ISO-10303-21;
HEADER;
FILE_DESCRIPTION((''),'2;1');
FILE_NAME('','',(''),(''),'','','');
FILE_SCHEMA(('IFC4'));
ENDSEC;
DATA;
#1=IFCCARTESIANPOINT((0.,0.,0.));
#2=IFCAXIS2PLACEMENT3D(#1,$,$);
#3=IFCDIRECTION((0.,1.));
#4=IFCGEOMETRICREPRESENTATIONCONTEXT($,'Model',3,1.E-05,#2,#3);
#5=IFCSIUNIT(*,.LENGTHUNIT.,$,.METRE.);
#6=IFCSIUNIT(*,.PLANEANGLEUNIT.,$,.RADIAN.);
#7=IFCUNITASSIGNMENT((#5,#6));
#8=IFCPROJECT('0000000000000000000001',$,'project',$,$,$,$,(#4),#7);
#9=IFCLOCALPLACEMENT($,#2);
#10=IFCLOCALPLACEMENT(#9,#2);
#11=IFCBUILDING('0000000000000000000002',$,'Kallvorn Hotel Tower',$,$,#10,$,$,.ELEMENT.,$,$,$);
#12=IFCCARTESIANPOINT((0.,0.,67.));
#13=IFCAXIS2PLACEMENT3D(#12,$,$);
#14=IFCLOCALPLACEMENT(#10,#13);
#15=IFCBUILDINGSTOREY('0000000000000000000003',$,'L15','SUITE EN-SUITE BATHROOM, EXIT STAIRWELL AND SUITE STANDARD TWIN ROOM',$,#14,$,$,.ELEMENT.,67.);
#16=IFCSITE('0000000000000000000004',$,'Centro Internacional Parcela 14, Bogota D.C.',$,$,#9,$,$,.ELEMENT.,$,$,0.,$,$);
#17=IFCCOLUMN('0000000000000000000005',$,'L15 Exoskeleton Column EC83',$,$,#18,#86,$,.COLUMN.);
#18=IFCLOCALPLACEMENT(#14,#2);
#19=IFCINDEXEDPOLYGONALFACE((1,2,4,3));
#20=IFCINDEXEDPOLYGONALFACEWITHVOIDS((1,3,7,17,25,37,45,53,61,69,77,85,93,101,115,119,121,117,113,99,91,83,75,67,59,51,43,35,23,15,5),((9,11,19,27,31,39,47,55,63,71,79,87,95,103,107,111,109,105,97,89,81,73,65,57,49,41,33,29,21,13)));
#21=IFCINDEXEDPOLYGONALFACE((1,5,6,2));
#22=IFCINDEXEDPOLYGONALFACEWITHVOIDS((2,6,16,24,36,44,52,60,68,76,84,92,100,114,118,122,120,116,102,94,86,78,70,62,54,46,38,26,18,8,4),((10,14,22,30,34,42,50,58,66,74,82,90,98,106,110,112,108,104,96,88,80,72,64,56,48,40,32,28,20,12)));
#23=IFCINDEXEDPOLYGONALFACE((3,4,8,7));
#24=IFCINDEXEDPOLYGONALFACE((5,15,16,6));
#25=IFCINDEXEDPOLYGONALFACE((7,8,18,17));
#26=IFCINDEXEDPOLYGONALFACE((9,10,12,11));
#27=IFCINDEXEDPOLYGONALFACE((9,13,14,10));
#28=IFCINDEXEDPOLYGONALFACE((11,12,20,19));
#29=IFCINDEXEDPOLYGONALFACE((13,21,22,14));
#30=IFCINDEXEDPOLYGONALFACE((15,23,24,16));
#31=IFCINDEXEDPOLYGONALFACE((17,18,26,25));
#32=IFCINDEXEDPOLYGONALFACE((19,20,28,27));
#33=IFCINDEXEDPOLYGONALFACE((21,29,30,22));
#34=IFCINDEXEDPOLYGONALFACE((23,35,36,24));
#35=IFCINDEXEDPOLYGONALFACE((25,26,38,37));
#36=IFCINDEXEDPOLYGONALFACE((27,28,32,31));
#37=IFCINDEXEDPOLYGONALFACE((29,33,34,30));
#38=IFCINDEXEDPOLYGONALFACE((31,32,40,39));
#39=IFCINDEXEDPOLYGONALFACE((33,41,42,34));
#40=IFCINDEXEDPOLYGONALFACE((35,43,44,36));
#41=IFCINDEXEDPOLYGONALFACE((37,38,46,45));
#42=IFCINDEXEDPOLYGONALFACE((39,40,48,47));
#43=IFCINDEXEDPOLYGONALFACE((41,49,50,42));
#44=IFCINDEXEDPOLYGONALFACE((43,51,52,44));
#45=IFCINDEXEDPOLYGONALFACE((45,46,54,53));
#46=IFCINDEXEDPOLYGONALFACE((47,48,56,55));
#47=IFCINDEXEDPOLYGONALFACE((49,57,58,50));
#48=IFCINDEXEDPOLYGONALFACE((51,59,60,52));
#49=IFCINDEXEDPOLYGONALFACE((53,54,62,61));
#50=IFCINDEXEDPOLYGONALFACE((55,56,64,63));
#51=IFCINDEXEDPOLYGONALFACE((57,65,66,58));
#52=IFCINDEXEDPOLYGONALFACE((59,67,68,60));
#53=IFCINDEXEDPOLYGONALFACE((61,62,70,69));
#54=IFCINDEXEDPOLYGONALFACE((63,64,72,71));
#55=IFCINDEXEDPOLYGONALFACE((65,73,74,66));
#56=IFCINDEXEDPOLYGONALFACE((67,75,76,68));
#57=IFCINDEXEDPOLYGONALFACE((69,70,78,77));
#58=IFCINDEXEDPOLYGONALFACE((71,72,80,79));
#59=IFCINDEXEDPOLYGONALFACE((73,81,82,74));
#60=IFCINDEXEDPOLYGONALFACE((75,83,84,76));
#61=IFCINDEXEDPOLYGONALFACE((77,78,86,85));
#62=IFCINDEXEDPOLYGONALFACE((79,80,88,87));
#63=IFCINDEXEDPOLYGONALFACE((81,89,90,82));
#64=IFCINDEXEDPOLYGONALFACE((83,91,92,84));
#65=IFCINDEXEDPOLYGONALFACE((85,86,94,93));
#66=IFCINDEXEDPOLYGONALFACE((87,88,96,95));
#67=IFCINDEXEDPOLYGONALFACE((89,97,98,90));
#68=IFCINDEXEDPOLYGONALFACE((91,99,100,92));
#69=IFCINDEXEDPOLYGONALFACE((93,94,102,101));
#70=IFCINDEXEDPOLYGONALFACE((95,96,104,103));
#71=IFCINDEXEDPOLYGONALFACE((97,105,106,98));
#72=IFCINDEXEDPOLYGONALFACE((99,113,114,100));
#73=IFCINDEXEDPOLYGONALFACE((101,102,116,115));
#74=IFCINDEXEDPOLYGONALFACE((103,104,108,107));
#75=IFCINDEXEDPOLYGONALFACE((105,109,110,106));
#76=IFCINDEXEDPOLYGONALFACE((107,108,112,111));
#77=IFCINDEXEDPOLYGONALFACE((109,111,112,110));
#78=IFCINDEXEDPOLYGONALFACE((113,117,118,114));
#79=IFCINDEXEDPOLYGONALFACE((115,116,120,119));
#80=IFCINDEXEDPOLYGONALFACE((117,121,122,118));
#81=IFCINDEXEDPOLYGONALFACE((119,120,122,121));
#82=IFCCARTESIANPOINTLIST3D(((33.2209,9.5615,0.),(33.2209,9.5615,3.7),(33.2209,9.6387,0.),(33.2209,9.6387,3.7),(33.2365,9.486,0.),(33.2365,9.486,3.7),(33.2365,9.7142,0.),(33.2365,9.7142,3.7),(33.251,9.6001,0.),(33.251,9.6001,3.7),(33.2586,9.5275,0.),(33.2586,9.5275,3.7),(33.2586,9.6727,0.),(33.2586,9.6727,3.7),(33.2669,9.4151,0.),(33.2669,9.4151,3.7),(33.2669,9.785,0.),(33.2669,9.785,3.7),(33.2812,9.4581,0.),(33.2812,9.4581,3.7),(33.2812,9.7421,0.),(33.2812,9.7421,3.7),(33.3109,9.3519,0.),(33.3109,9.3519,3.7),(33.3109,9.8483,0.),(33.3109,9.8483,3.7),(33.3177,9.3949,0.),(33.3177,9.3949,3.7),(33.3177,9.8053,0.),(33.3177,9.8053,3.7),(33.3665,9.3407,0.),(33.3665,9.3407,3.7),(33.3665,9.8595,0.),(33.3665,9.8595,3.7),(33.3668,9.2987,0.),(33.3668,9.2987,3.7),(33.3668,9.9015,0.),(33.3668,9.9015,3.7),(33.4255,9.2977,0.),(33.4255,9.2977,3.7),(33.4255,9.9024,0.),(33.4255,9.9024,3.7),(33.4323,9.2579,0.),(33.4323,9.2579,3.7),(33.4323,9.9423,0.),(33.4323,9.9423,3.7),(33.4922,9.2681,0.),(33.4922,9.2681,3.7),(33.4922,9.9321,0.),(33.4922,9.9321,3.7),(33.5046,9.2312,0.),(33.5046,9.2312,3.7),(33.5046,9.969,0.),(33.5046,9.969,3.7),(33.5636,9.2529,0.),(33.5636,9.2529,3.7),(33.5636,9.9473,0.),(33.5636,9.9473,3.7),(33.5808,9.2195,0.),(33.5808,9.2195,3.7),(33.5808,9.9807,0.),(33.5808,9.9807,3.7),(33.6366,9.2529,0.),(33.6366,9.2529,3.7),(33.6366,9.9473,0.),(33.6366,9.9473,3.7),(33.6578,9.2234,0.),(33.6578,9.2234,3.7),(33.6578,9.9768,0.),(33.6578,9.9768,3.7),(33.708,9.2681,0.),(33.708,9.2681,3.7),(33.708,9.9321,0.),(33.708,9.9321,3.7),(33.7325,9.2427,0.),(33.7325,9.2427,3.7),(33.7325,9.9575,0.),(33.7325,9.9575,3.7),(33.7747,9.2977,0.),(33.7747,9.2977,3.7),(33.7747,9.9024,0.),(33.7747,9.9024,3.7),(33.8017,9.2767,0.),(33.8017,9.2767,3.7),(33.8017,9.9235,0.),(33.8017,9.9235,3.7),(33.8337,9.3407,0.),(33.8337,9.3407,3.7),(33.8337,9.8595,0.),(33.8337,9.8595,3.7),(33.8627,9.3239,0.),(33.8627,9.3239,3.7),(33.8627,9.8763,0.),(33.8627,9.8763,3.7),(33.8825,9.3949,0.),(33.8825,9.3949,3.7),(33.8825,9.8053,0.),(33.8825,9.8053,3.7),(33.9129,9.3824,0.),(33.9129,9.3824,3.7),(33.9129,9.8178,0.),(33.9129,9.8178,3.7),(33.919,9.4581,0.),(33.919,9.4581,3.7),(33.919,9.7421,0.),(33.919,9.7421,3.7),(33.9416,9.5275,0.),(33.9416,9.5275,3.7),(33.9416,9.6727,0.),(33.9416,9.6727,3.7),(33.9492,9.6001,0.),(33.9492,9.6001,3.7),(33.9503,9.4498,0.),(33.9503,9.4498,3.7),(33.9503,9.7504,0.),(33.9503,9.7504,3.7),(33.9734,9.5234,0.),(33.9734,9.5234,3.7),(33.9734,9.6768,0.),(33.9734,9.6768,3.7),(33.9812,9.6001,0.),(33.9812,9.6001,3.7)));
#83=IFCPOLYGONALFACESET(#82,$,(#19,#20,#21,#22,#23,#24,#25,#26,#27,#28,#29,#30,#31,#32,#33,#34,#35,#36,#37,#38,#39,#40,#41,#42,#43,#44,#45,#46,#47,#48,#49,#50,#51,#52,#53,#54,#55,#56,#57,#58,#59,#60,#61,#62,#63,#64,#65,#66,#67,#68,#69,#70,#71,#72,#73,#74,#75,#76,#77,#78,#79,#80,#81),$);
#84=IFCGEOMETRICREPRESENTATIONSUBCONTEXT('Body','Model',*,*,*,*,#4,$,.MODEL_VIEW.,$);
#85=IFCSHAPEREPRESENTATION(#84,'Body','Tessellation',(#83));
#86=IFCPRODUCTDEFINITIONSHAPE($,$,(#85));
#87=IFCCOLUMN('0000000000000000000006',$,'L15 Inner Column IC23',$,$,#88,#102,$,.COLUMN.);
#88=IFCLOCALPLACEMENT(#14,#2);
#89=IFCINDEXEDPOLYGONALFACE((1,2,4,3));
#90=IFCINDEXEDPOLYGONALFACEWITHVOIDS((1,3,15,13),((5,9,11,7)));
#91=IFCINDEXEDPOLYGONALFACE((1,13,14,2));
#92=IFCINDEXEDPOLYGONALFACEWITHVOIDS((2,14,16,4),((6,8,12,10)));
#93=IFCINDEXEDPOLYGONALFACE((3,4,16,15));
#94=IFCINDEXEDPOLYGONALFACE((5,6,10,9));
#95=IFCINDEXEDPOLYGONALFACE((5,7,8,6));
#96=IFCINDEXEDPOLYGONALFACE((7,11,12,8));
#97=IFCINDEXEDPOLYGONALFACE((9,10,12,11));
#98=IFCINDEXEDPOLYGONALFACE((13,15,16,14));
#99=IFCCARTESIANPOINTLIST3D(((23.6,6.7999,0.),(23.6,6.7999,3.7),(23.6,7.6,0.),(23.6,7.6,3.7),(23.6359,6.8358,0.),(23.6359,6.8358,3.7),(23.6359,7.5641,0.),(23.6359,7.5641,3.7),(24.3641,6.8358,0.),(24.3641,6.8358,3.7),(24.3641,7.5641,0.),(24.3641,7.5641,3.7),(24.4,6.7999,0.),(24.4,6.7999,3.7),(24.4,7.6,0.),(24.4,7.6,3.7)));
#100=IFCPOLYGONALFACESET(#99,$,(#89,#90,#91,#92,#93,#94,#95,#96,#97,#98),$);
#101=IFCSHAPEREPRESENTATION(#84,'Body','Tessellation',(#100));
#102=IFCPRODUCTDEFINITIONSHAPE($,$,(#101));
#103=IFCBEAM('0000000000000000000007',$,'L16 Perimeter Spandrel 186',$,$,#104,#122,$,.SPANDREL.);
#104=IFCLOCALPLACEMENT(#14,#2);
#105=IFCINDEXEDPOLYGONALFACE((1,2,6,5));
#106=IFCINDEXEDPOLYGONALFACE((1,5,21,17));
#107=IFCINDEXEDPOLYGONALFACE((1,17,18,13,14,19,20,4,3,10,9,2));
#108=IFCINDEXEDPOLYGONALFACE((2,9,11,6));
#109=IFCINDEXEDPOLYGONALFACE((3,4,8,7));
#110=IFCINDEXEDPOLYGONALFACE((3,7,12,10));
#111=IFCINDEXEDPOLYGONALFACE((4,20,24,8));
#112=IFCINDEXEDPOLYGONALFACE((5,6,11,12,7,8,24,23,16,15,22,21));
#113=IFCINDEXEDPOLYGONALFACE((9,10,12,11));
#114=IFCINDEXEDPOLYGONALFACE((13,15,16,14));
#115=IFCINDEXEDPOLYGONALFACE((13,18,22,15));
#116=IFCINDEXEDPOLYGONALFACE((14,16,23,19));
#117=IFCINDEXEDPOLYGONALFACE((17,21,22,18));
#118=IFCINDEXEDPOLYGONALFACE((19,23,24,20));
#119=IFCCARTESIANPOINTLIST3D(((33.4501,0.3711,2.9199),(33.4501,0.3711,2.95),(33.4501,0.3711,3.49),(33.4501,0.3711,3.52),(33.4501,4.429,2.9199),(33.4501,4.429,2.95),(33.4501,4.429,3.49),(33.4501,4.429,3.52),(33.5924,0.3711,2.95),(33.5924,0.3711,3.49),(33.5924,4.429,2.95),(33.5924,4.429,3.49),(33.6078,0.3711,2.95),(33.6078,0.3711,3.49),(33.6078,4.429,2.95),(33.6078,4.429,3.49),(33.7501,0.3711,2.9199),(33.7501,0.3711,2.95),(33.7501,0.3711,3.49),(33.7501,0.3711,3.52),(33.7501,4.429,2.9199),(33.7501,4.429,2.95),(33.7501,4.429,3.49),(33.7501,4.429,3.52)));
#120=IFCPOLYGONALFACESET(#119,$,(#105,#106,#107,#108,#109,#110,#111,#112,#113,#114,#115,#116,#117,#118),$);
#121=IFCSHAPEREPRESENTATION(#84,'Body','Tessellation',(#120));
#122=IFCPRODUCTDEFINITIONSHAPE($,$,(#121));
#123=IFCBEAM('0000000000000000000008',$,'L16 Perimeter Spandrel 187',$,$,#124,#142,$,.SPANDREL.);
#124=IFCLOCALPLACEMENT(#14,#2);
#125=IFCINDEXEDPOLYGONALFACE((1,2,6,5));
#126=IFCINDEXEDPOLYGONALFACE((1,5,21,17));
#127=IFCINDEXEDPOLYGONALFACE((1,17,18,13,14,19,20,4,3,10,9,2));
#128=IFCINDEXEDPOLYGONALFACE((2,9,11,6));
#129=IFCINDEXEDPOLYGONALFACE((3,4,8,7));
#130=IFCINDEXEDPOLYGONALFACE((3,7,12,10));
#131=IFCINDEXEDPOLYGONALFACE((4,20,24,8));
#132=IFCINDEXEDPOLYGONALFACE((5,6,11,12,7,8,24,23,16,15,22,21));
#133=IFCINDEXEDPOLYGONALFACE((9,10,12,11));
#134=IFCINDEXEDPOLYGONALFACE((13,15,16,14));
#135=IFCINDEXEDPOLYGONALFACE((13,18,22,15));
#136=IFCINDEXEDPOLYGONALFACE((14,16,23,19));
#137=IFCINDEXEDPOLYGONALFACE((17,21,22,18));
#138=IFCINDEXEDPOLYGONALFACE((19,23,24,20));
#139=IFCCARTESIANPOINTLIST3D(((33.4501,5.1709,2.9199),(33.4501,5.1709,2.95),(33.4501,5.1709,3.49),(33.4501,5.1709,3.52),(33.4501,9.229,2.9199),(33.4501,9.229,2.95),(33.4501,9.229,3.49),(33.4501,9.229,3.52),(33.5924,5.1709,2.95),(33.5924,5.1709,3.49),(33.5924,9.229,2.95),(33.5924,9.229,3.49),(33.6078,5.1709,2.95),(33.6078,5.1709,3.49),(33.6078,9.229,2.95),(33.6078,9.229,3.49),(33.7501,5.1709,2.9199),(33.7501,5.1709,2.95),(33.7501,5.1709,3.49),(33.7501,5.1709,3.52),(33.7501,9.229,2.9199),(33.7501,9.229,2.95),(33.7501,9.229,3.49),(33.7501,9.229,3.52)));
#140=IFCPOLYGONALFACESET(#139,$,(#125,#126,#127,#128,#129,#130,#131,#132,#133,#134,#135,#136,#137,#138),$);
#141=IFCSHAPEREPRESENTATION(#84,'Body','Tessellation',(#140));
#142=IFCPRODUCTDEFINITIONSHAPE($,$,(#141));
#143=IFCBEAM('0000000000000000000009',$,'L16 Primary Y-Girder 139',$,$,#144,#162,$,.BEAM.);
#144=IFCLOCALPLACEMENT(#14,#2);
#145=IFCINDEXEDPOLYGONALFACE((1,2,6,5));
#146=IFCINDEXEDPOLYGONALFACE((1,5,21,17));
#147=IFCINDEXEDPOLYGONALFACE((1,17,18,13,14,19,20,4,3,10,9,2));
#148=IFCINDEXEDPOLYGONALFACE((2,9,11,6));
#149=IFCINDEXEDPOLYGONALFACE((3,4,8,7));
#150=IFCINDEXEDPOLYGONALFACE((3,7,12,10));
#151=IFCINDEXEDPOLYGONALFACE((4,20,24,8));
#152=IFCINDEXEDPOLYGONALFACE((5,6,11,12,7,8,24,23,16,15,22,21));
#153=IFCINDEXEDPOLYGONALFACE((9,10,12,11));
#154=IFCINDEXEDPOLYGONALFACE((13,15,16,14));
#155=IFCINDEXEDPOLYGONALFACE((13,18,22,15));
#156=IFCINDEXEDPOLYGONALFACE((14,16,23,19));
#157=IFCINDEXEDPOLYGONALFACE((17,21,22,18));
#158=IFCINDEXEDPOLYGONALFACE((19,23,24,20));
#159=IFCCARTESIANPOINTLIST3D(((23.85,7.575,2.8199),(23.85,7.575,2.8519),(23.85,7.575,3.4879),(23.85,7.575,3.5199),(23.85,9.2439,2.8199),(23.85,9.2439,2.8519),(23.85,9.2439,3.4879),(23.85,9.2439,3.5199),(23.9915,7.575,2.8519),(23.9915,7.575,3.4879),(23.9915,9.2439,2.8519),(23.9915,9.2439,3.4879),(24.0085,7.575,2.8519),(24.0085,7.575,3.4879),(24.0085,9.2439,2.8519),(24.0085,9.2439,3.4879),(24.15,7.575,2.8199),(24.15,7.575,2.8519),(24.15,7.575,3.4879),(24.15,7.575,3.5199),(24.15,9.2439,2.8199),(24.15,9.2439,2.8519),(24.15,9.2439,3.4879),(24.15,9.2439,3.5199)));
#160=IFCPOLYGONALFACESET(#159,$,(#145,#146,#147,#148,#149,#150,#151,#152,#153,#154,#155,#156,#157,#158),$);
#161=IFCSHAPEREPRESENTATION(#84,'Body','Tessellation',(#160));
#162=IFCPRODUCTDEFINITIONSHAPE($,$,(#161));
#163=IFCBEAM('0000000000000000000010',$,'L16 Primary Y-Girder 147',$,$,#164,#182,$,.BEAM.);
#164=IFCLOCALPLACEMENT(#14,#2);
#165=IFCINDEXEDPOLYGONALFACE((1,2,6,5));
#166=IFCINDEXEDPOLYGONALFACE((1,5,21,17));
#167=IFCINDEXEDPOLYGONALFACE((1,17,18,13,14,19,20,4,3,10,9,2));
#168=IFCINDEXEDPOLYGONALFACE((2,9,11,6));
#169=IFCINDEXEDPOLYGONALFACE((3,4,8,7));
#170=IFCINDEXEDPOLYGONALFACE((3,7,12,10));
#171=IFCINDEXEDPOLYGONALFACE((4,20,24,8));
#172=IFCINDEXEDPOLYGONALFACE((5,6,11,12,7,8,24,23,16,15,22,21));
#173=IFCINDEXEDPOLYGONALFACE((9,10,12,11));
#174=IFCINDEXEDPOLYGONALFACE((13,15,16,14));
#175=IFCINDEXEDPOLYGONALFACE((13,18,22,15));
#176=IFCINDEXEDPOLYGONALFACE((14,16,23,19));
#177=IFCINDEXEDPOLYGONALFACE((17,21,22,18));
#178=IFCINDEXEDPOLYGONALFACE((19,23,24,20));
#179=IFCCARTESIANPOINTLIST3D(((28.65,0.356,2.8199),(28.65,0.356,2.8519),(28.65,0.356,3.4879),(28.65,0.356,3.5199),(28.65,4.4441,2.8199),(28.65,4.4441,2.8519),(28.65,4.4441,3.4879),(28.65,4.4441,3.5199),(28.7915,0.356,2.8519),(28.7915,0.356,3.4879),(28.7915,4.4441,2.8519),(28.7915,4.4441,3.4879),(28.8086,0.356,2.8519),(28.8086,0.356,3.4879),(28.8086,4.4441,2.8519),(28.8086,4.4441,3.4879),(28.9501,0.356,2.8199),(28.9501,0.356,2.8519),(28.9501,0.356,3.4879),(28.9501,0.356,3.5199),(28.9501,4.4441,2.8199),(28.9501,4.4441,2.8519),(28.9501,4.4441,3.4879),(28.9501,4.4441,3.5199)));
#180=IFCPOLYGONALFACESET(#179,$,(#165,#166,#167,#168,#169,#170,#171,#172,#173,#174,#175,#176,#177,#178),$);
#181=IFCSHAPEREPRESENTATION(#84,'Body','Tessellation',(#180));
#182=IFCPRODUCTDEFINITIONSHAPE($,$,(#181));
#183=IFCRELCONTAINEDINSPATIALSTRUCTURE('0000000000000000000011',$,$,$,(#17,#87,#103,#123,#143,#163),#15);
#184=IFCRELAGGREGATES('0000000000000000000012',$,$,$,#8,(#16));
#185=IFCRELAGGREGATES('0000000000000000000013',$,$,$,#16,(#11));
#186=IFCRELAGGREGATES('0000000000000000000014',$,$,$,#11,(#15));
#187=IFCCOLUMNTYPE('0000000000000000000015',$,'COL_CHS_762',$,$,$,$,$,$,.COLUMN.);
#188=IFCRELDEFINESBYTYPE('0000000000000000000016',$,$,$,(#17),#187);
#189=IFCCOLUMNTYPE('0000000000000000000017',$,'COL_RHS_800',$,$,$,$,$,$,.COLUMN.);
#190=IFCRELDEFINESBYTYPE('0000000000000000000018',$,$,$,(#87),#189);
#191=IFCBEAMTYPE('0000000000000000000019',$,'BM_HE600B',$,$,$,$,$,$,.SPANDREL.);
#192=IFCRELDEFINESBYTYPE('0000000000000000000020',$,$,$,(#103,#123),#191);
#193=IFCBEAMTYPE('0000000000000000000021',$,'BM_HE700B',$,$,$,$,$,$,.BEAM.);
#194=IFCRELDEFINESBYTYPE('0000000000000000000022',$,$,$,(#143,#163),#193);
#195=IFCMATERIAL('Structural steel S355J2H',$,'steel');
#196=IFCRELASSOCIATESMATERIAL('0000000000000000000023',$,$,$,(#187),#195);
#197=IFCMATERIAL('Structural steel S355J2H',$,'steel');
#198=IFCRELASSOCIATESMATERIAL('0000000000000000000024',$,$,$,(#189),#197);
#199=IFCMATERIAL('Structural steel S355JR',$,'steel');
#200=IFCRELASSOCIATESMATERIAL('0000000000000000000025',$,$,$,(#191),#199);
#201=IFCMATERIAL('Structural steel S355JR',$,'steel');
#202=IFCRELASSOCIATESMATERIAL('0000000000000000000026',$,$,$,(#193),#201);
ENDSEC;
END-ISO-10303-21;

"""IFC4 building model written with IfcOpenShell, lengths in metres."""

from ifc_helpers import new_model, si_unit, direction, frame, origin, origin_2d, place, context, subcontext, project, spatial, hollow_rectangle, hollow_circle, i_section, extrude, material, material_profile, profile_set, type_object, element, save


model = new_model("IFC4")

# Units and contexts
model_context = context("Model", 3, precision=1e-05, world=origin(), true_north=direction((0.0, 1.0)))
body_context = subcontext(model_context, "Body", "Model", "MODEL_VIEW")
ifc_project = project(units=[si_unit("LENGTHUNIT", "METRE"), si_unit("PLANEANGLEUNIT", "RADIAN")], contexts=[model_context])

# Site, building, storey
site_placement = place(None, origin())
site = spatial("IfcSite", under=ifc_project, at=site_placement, Name="Centro Internacional Parcela 14, Bogota D.C.", CompositionType="ELEMENT", RefElevation=0.0)
building_placement = place(site_placement, origin())
building = spatial("IfcBuilding", under=site, at=building_placement, Name="Kallvorn Hotel Tower", CompositionType="ELEMENT")
storey_placement = place(building_placement, frame((0.0, 0.0, 67.0)))
storey = spatial("IfcBuildingStorey", under=building, at=storey_placement, Name="L15", Description="SUITE EN-SUITE BATHROOM, EXIT STAIRWELL AND SUITE STANDARD TWIN ROOM", CompositionType="ELEMENT", Elevation=67.0)

# Columns
ifc_material_1 = material(Name="Structural steel S355J2H", Category="steel")
ifc_material_profile_1 = material_profile(ifc_material_1, hollow_circle(Radius=0.3811, WallThickness=0.032, at=origin_2d()), Name="CHS 762x32")
ifc_profile_set_1 = profile_set([ifc_material_profile_1], Name="Structural steel S355J2H")
column_type_1 = type_object("IfcColumnType", Name="COL_CHS_762", PredefinedType="COLUMN", material=ifc_profile_set_1)
for number, where, z_axis, x_axis, name in (
    (1, (33.6001, 9.6001, 0.0), (0.0, 0.0, 1.0), (1.0, 0.0, 0.0), "L15 Exoskeleton Column EC83"),
):
    element("IfcColumn", number, at=place(storey_placement, frame(where, z_axis=z_axis, x_axis=x_axis)), inside=storey, type_object=column_type_1, Name=name, PredefinedType="COLUMN", context=body_context, shape_type="SweptSolid", body=[
        extrude(hollow_circle(Radius=0.3811, WallThickness=0.032, at=origin_2d()), origin(), (0.0, 0.0, 1.0), 3.7),
    ])
ifc_material_2 = material(Name="Structural steel S355J2H", Category="steel")
ifc_material_profile_2 = material_profile(ifc_material_2, hollow_rectangle(XDim=0.8, YDim=0.8, WallThickness=0.0359, at=origin_2d()), Name="RHS 800x800x36")
ifc_profile_set_2 = profile_set([ifc_material_profile_2], Name="Structural steel S355J2H")
column_type_2 = type_object("IfcColumnType", Name="COL_RHS_800", PredefinedType="COLUMN", material=ifc_profile_set_2)
column_placement = place(storey_placement, frame((24.0, 7.2, 0.0), z_axis=(0.0, 0.0, 1.0), x_axis=(1.0, 0.0, 0.0)))
element("IfcColumn", 2, at=column_placement, inside=storey, type_object=column_type_2, Name="L15 Inner Column IC23", PredefinedType="COLUMN", context=body_context, shape_type="SweptSolid", body=[
    extrude(hollow_rectangle(XDim=0.8, YDim=0.8, WallThickness=0.0359, at=origin_2d()), origin(), (0.0, 0.0, 1.0), 3.7),
])

# Beams
ifc_material_3 = material(Name="Structural steel S355JR", Category="steel")
ifc_material_profile_3 = material_profile(ifc_material_3, i_section(OverallWidth=0.3, OverallDepth=0.6001, WebThickness=0.0154, FlangeThickness=0.03, at=origin_2d()), Name="HE 600 B")
ifc_profile_set_3 = profile_set([ifc_material_profile_3], Name="Structural steel S355JR")
beam_type_1 = type_object("IfcBeamType", Name="BM_HE600B", PredefinedType="SPANDREL", material=ifc_profile_set_3)
beam_1_placement = place(storey_placement, frame((33.6001, 0.3711, 3.22), z_axis=(0.0, 1.0, 0.0), x_axis=(-1.0, 0.0, 0.0)))
element("IfcBeam", 3, at=beam_1_placement, inside=storey, type_object=beam_type_1, Name="L16 Perimeter Spandrel 186", PredefinedType="SPANDREL", context=body_context, shape_type="SweptSolid", body=[
    extrude(i_section(OverallWidth=0.3, OverallDepth=0.6001, WebThickness=0.0154, FlangeThickness=0.03, at=origin_2d()), origin(), (0.0, 0.0, 1.0), 4.0579),
])
beam_2_placement = place(storey_placement, frame((33.6001, 5.1709, 3.22), z_axis=(0.0, 1.0, 0.0), x_axis=(-1.0, 0.0, 0.0)))
element("IfcBeam", 4, at=beam_2_placement, inside=storey, type_object=beam_type_1, Name="L16 Perimeter Spandrel 187", PredefinedType="SPANDREL", context=body_context, shape_type="SweptSolid", body=[
    extrude(i_section(OverallWidth=0.3, OverallDepth=0.6001, WebThickness=0.0154, FlangeThickness=0.03, at=origin_2d()), origin(), (0.0, 0.0, 1.0), 4.0581),
])
ifc_material_4 = material(Name="Structural steel S355JR", Category="steel")
ifc_material_profile_4 = material_profile(ifc_material_4, i_section(OverallWidth=0.3, OverallDepth=0.7, WebThickness=0.0171, FlangeThickness=0.032, at=origin_2d()), Name="HE 700 B")
ifc_profile_set_4 = profile_set([ifc_material_profile_4], Name="Structural steel S355JR")
beam_type_2 = type_object("IfcBeamType", Name="BM_HE700B", PredefinedType="BEAM", material=ifc_profile_set_4)
beam_3_placement = place(storey_placement, frame((24.0, 7.575, 3.1699), z_axis=(0.0, 1.0, 0.0), x_axis=(-1.0, 0.0, 0.0)))
element("IfcBeam", 5, at=beam_3_placement, inside=storey, type_object=beam_type_2, Name="L16 Primary Y-Girder 139", PredefinedType="BEAM", context=body_context, shape_type="SweptSolid", body=[
    extrude(i_section(OverallWidth=0.3, OverallDepth=0.7, WebThickness=0.0171, FlangeThickness=0.032, at=origin_2d()), origin(), (0.0, 0.0, 1.0), 1.6689),
])
beam_4_placement = place(storey_placement, frame((28.8, 0.356, 3.1699), z_axis=(0.0, 1.0, 0.0), x_axis=(-1.0, 0.0, 0.0)))
element("IfcBeam", 6, at=beam_4_placement, inside=storey, type_object=beam_type_2, Name="L16 Primary Y-Girder 147", PredefinedType="BEAM", context=body_context, shape_type="SweptSolid", body=[
    extrude(i_section(OverallWidth=0.3, OverallDepth=0.7, WebThickness=0.0171, FlangeThickness=0.032, at=origin_2d()), origin(), (0.0, 0.0, 1.0), 4.0881),
])

save(model, "model.ifc")
